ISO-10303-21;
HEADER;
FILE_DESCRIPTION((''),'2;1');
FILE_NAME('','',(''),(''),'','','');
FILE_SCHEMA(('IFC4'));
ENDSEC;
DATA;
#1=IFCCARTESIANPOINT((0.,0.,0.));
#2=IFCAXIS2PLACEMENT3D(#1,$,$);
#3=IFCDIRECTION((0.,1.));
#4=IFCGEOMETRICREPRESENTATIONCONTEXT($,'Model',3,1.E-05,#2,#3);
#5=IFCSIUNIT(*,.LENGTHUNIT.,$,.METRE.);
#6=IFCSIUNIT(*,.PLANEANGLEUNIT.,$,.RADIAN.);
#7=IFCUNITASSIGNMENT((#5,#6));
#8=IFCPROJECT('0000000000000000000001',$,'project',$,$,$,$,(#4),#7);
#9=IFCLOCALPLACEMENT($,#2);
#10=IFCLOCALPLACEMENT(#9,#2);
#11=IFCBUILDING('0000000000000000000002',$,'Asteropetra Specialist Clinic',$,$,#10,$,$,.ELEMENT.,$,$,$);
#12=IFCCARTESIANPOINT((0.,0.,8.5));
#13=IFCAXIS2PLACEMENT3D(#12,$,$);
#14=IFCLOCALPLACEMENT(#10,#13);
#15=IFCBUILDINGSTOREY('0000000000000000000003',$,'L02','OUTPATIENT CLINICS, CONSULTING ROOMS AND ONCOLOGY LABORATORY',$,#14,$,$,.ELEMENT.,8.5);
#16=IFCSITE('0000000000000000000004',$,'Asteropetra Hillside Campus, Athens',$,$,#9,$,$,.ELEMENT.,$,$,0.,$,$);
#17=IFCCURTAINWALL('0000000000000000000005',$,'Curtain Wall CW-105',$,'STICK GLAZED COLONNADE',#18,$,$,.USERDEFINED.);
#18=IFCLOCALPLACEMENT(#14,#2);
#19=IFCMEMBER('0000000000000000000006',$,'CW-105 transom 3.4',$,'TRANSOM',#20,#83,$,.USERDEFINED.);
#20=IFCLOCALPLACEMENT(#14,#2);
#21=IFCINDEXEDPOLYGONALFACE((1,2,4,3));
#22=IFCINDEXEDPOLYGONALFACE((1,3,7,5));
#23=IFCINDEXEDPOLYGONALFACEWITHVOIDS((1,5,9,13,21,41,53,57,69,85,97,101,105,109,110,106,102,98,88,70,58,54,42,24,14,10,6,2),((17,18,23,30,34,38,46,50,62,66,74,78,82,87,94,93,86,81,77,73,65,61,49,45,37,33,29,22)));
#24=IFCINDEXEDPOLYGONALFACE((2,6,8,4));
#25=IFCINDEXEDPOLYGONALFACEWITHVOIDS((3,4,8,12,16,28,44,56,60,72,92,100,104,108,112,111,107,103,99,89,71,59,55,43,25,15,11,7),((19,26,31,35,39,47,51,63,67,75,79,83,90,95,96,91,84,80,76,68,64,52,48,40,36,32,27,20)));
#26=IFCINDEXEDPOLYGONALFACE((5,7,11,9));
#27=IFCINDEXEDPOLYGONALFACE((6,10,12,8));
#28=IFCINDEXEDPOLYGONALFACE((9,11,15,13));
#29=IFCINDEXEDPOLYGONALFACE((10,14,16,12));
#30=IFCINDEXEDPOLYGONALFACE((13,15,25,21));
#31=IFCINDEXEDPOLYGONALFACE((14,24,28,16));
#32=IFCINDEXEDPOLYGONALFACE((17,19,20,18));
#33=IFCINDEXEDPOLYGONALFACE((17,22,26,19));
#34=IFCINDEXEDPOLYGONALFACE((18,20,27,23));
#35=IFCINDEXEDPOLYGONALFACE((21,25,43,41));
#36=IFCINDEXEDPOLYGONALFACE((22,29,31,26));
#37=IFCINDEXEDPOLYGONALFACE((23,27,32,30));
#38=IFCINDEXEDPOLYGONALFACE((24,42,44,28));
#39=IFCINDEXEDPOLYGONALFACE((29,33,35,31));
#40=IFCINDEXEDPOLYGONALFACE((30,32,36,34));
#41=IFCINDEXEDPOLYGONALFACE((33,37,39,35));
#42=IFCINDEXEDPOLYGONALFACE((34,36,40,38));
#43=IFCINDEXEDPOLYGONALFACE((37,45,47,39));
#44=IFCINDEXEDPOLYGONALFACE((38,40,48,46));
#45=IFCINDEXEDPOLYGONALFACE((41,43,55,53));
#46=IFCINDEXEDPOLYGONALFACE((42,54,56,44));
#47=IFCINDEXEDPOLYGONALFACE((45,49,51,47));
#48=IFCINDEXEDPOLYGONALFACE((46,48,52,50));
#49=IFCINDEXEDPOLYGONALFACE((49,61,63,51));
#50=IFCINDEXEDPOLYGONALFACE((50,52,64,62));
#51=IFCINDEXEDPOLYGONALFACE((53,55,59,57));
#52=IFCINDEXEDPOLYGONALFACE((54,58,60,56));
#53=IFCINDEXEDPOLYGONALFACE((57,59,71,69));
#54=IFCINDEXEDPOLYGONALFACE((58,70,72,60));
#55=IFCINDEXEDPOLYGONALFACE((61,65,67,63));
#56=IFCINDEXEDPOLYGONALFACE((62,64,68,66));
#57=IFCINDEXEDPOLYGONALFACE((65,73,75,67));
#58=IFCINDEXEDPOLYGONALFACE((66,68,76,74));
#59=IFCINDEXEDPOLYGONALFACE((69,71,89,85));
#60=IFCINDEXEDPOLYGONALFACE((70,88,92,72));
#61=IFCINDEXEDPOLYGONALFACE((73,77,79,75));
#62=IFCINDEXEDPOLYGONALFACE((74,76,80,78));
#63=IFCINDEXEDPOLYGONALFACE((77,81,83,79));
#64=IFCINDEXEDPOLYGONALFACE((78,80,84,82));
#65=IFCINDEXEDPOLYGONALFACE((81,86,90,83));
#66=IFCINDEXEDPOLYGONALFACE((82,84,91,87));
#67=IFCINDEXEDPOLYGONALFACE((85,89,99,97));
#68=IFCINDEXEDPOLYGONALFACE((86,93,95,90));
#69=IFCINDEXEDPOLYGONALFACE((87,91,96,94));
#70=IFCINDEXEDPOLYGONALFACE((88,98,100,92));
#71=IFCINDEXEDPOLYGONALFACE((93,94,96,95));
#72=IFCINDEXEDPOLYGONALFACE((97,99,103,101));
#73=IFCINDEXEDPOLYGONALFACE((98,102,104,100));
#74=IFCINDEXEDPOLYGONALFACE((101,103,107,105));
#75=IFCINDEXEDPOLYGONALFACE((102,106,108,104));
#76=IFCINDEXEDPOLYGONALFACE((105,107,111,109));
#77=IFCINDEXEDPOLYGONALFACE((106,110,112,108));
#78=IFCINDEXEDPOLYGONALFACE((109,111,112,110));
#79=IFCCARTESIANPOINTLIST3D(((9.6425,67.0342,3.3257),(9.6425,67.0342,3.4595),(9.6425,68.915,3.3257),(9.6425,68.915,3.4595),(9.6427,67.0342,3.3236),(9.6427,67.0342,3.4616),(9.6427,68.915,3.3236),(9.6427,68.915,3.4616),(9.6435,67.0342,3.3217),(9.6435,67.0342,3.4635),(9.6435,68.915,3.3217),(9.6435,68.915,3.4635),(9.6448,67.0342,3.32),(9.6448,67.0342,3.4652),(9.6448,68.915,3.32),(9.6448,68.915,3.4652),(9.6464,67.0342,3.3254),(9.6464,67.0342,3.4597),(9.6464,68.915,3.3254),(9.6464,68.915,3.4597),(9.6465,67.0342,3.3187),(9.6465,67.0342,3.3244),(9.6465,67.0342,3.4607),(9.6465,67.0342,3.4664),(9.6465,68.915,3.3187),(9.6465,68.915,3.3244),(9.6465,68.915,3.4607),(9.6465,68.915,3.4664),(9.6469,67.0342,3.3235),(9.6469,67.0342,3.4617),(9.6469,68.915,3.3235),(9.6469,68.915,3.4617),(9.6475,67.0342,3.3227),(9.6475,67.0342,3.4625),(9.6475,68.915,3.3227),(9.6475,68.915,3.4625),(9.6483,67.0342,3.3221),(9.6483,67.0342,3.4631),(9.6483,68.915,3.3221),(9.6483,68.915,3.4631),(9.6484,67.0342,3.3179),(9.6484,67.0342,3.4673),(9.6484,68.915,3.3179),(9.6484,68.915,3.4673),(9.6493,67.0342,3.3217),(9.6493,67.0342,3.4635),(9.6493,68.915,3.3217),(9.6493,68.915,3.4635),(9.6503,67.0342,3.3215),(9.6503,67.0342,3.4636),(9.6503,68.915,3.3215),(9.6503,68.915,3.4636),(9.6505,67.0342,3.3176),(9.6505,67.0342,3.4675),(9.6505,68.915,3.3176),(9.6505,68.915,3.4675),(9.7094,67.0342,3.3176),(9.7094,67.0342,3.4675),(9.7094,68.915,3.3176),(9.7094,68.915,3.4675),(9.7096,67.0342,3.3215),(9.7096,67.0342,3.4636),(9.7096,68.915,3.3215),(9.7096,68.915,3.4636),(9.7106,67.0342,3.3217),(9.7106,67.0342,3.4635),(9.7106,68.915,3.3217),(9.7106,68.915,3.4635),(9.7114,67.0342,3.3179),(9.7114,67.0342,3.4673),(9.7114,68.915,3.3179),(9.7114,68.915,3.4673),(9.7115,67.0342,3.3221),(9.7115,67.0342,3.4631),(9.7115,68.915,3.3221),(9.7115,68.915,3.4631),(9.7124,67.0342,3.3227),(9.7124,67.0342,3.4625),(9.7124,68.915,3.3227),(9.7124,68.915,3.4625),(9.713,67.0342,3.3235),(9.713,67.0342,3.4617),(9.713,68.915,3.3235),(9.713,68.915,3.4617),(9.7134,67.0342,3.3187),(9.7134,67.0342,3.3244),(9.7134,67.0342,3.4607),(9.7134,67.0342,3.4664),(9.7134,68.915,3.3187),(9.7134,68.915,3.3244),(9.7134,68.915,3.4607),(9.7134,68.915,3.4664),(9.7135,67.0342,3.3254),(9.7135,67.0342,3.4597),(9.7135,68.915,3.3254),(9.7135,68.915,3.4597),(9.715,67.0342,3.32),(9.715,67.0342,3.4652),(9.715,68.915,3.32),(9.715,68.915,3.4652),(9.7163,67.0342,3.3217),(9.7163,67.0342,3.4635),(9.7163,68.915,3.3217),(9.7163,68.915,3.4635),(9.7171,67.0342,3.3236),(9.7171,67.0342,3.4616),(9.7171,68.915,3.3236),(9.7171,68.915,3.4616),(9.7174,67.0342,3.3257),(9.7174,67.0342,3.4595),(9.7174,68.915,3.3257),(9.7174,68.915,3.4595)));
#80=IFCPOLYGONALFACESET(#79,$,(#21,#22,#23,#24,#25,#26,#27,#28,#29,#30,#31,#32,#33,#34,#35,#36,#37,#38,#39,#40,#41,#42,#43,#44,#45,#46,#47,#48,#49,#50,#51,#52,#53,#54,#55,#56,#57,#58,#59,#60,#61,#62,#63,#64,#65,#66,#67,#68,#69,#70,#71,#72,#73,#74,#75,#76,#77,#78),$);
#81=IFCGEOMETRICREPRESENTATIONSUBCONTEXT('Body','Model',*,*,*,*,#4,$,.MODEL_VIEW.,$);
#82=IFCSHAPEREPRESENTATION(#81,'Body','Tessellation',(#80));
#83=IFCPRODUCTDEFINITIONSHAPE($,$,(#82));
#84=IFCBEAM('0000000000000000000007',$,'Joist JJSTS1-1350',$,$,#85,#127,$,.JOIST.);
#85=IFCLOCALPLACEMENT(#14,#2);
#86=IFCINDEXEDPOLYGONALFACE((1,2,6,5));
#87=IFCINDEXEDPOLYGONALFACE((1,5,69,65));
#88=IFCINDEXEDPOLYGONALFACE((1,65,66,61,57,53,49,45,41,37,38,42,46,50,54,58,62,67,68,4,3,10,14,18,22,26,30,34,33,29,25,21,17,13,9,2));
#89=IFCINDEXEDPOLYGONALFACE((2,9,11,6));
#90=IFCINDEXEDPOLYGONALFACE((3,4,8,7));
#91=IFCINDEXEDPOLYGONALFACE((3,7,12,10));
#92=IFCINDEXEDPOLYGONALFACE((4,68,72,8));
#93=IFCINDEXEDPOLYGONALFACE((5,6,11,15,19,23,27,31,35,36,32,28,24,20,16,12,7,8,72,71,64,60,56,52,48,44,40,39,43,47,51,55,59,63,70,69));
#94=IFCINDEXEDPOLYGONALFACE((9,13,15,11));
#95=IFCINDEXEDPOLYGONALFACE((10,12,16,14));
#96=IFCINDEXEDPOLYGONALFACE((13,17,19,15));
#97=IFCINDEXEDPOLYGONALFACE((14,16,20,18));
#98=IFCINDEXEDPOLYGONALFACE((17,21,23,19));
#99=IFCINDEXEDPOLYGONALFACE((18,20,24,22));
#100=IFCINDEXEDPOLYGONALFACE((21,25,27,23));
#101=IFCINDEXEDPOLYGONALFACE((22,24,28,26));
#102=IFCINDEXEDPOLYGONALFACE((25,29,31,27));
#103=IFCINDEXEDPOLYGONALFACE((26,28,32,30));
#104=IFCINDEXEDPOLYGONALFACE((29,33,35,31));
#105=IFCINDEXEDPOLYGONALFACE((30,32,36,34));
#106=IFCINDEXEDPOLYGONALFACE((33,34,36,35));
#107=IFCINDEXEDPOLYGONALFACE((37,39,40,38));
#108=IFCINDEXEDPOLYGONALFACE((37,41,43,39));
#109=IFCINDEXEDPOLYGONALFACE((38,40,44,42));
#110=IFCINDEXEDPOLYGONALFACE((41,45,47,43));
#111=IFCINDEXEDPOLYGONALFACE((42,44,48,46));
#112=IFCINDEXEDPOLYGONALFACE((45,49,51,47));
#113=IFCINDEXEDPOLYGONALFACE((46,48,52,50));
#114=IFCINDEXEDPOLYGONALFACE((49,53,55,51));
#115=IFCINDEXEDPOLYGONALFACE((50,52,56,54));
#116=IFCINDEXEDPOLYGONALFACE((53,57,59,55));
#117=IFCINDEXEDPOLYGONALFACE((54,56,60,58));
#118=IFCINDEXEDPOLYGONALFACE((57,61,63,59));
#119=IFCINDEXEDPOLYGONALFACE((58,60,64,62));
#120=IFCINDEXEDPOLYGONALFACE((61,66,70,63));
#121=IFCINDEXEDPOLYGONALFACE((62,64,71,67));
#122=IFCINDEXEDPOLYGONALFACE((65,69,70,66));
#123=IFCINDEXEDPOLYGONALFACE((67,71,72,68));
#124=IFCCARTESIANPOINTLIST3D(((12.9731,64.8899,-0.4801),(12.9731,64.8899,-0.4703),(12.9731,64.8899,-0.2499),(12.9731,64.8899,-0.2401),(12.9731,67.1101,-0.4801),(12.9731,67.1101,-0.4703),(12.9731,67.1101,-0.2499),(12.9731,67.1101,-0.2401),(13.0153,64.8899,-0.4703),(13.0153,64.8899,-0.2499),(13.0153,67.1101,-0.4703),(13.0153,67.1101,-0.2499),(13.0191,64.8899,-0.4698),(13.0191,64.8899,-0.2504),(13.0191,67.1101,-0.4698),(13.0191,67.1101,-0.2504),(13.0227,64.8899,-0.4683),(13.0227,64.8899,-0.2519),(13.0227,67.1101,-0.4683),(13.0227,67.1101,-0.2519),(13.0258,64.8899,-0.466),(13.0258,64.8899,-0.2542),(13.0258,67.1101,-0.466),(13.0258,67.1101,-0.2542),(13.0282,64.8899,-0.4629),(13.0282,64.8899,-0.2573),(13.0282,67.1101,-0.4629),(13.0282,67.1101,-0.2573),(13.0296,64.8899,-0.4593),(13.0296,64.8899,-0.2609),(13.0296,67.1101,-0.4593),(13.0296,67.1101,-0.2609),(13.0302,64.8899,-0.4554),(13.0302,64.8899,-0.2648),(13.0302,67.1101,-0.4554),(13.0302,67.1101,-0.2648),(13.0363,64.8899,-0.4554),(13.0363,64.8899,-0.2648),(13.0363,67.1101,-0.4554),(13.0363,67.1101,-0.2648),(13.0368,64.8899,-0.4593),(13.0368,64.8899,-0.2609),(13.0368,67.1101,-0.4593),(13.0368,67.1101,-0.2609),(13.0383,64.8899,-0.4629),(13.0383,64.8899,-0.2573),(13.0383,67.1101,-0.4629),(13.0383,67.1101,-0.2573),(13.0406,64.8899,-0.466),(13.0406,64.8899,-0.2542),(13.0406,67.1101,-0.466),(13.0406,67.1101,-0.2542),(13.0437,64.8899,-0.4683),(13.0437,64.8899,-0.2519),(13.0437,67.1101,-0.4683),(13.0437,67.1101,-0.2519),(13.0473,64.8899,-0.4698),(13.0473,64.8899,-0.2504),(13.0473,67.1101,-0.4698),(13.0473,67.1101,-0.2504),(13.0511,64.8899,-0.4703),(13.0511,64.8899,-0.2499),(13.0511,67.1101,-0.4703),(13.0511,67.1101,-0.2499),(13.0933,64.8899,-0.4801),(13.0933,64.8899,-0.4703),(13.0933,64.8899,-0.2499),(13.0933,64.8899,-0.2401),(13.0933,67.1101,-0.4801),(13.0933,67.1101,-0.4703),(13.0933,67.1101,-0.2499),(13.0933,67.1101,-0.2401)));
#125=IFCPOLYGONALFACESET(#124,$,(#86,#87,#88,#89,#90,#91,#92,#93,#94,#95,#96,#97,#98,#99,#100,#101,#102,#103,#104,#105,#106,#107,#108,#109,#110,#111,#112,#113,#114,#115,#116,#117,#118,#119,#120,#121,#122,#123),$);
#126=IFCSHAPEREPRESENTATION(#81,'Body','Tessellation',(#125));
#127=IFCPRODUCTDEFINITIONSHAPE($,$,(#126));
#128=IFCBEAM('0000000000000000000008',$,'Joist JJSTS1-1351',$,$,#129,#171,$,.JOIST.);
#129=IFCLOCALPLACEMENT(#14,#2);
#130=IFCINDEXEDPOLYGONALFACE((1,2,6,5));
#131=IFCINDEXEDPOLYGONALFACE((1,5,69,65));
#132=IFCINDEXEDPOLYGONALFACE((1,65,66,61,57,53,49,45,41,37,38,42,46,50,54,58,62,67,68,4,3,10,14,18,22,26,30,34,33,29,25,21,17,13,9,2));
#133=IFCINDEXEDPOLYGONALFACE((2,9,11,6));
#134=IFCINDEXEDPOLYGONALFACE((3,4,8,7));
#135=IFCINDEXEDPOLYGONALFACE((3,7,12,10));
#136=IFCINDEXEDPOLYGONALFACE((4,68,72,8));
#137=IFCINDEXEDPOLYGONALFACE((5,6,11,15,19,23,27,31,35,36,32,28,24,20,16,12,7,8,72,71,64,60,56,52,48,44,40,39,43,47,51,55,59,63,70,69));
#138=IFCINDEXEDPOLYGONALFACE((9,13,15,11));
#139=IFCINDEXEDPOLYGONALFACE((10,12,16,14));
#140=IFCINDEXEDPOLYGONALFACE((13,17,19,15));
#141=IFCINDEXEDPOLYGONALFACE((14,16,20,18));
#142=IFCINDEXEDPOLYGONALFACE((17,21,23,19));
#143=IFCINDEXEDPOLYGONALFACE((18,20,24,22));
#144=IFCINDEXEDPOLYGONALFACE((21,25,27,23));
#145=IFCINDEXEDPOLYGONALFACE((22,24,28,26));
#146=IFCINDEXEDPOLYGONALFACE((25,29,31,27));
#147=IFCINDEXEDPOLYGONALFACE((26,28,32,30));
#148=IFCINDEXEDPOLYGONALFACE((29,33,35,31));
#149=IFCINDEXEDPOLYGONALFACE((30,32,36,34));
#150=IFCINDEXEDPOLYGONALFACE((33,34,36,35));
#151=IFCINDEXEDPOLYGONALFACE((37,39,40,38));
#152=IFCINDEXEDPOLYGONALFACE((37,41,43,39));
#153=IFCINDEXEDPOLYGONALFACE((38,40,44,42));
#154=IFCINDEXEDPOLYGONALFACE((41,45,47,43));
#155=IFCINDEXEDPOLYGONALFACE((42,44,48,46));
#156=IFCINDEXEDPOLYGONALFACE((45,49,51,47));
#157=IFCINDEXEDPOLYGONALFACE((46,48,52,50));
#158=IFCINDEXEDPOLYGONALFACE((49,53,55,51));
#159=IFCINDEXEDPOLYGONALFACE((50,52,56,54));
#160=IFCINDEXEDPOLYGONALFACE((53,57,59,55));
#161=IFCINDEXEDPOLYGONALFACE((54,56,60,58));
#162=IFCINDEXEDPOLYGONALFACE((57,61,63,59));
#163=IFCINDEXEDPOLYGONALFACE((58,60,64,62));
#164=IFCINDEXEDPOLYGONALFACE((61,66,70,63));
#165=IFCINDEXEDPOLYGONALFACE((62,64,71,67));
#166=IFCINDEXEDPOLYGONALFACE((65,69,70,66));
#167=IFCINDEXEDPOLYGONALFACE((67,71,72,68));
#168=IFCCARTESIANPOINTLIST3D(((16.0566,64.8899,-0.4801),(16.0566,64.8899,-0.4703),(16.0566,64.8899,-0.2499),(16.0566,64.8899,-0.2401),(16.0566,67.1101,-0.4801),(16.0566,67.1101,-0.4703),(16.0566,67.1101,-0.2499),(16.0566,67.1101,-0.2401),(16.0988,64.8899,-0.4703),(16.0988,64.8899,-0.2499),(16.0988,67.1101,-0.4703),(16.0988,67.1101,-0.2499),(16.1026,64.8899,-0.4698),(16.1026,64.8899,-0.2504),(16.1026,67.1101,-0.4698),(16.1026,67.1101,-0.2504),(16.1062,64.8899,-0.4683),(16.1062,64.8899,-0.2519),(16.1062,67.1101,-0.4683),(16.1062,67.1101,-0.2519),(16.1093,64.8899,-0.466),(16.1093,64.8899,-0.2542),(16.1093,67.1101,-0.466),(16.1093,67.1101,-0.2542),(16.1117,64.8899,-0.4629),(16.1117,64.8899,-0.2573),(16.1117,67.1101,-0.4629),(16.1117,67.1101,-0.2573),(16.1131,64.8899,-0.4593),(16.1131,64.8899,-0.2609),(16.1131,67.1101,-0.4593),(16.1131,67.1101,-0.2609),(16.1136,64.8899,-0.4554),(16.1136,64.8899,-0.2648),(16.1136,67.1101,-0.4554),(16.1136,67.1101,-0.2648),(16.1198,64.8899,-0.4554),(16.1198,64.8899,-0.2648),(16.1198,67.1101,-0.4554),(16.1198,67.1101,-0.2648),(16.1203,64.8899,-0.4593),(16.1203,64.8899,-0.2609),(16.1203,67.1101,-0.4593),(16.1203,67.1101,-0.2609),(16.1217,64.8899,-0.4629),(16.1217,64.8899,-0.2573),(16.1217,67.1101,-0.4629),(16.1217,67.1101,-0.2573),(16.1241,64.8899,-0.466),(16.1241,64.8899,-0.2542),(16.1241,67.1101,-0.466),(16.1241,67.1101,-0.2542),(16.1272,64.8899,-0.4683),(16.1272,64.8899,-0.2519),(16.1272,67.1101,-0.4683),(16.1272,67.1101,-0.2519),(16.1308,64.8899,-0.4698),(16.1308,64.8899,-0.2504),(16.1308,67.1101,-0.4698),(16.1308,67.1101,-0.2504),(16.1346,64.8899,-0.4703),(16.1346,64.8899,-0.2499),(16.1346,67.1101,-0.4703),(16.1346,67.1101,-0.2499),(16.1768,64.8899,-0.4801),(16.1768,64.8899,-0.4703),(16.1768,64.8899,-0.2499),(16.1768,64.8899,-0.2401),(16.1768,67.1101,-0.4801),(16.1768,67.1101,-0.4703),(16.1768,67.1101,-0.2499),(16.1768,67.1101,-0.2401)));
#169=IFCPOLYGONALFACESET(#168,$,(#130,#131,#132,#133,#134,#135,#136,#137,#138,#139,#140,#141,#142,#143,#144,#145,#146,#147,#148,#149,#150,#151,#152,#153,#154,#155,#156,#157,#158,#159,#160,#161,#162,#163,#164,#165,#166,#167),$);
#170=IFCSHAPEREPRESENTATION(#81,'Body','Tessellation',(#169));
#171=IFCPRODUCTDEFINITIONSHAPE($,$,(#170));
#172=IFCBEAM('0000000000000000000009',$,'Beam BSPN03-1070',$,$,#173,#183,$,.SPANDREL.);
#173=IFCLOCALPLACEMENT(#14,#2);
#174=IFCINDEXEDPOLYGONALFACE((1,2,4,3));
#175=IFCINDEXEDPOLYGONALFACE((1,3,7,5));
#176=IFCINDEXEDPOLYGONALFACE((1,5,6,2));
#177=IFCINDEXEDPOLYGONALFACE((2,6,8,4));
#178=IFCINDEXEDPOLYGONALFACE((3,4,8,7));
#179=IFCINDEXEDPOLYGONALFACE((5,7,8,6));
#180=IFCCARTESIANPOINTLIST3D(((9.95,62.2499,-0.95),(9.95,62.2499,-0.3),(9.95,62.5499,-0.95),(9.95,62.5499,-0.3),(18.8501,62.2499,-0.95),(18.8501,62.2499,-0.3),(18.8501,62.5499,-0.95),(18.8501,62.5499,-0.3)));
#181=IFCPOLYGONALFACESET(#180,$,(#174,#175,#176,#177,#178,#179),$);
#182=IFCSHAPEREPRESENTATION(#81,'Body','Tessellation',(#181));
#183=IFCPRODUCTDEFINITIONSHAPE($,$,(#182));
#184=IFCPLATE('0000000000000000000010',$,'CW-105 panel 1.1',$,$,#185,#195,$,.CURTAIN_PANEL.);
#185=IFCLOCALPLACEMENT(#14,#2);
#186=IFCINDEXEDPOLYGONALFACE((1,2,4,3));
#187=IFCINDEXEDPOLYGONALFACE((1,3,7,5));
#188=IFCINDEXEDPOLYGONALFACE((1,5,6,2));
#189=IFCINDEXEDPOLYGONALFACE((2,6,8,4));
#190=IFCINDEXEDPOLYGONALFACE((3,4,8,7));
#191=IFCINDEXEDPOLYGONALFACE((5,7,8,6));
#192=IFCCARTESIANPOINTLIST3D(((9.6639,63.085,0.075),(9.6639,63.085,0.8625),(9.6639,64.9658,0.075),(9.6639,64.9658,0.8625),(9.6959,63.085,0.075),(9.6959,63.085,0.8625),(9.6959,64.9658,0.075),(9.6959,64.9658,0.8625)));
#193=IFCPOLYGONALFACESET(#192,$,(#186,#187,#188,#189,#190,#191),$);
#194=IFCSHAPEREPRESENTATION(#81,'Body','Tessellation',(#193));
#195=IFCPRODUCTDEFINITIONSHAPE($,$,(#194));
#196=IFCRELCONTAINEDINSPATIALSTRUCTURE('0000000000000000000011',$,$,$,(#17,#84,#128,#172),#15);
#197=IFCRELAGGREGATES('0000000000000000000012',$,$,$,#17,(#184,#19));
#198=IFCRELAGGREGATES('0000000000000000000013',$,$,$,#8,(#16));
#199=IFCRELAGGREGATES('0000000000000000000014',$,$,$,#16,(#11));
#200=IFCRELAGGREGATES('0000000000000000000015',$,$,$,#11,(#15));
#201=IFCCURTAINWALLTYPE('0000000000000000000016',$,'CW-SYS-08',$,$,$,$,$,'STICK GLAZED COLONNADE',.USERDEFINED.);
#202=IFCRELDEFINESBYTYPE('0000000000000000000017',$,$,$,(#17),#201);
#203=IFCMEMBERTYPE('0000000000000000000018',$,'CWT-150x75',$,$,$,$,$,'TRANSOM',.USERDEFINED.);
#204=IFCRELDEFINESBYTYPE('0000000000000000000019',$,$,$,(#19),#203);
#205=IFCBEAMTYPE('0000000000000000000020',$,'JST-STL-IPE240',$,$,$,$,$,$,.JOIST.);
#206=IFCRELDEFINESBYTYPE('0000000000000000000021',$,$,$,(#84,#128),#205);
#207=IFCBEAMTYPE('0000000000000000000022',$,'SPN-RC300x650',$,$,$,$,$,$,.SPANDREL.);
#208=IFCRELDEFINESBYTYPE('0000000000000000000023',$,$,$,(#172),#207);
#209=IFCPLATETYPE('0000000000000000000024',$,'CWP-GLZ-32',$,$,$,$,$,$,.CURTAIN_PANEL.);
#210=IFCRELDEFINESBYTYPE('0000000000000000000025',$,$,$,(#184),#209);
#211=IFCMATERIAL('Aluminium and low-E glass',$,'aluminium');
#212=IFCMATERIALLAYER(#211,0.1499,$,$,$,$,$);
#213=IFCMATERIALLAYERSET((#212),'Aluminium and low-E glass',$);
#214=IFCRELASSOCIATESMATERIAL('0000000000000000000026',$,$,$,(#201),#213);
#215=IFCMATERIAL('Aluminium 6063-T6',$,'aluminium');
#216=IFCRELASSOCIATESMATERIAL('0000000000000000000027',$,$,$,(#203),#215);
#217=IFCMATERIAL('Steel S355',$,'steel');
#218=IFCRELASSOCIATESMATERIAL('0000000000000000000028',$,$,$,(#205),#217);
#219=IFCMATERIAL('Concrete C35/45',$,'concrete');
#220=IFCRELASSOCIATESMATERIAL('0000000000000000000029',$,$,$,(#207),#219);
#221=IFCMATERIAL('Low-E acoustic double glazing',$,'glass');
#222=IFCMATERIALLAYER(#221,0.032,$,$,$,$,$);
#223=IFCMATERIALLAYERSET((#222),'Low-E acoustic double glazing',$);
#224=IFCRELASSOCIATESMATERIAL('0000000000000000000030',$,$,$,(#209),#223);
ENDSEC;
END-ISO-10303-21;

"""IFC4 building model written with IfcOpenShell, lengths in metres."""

from ifc_helpers import new_model, si_unit, direction, frame, origin, origin_2d, place, context, subcontext, project, spatial, rectangle, hollow_rectangle, i_section, extrude, material, layer, layer_set, material_profile, profile_set, type_object, element, aggregate, save


model = new_model("IFC4")

# Units and contexts
model_context = context("Model", 3, precision=1e-05, world=origin(), true_north=direction((0.0, 1.0)))
body_context = subcontext(model_context, "Body", "Model", "MODEL_VIEW")
ifc_project = project(units=[si_unit("LENGTHUNIT", "METRE"), si_unit("PLANEANGLEUNIT", "RADIAN")], contexts=[model_context])

# Site, building, storey
site_placement = place(None, origin())
site = spatial("IfcSite", under=ifc_project, at=site_placement, Name="Asteropetra Hillside Campus, Athens", CompositionType="ELEMENT", RefElevation=0.0)
building_placement = place(site_placement, origin())
building = spatial("IfcBuilding", under=site, at=building_placement, Name="Asteropetra Specialist Clinic", CompositionType="ELEMENT")
storey_placement = place(building_placement, frame((0.0, 0.0, 8.5)))
storey = spatial("IfcBuildingStorey", under=building, at=storey_placement, Name="L02", Description="OUTPATIENT CLINICS, CONSULTING ROOMS AND ONCOLOGY LABORATORY", CompositionType="ELEMENT", Elevation=8.5)

# Curtain wall, member
ifc_material_1 = material(Name="Aluminium and low-E glass", Category="aluminium")
ifc_layer_1 = layer(ifc_material_1, 0.1499)
ifc_layer_set_1 = layer_set([ifc_layer_1], Name="Aluminium and low-E glass")
curtain_wall_type = type_object("IfcCurtainWallType", Name="CW-SYS-08", ElementType="STICK GLAZED COLONNADE", PredefinedType="USERDEFINED", material=ifc_layer_set_1)
curtain_wall_placement = place(storey_placement, origin())
curtain_wall = element("IfcCurtainWall", 1, at=curtain_wall_placement, inside=storey, type_object=curtain_wall_type, Name="Curtain Wall CW-105", ObjectType="STICK GLAZED COLONNADE", PredefinedType="USERDEFINED")
ifc_material_2 = material(Name="Aluminium 6063-T6", Category="aluminium")
ifc_material_profile_1 = material_profile(ifc_material_2, hollow_rectangle(XDim=0.075, YDim=0.1499, WallThickness=0.0039, InnerFilletRadius=0.0039, OuterFilletRadius=0.0081, at=origin_2d()), Name="TRN 150x75x4.0")
ifc_profile_set_1 = profile_set([ifc_material_profile_1], Name="Aluminium 6063-T6")
member_type_1 = type_object("IfcMemberType", Name="CWT-150x75", ElementType="TRANSOM", PredefinedType="USERDEFINED", material=ifc_profile_set_1)
member_1_placement = place(storey_placement, frame((9.6799, 67.0342, 3.3926), z_axis=(0.0, 1.0, 0.0), x_axis=(-1.0, 0.0, 0.0)))
member_1 = element("IfcMember", 2, at=member_1_placement, type_object=member_type_1, Name="CW-105 transom 3.4", ObjectType="TRANSOM", PredefinedType="USERDEFINED", context=body_context, shape_type="SweptSolid", body=[
    extrude(hollow_rectangle(XDim=0.075, YDim=0.1499, WallThickness=0.0039, InnerFilletRadius=0.0039, OuterFilletRadius=0.0081, at=origin_2d()), origin(), (0.0, 0.0, 1.0), 1.8809),
])

# Beams
ifc_material_3 = material(Name="Steel S355", Category="steel")
ifc_material_profile_2 = material_profile(ifc_material_3, i_section(OverallWidth=0.1201, OverallDepth=0.24, WebThickness=0.0061, FlangeThickness=0.0098, FilletRadius=0.0149, at=origin_2d()), Name="IPE 240")
ifc_profile_set_2 = profile_set([ifc_material_profile_2], Name="Steel S355")
beam_type_1 = type_object("IfcBeamType", Name="JST-STL-IPE240", PredefinedType="JOIST", material=ifc_profile_set_2)
for number, where, z_axis, x_axis, name in (
    (3, (13.0332, 64.8899, -0.3601), (0.0, 1.0, 0.0), (-1.0, 0.0, 0.0), "Joist JJSTS1-1350"),
    (4, (16.1167, 64.8899, -0.3601), (0.0, 1.0, 0.0), (-1.0, 0.0, 0.0), "Joist JJSTS1-1351"),
):
    element("IfcBeam", number, at=place(storey_placement, frame(where, z_axis=z_axis, x_axis=x_axis)), inside=storey, type_object=beam_type_1, Name=name, PredefinedType="JOIST", context=body_context, shape_type="SweptSolid", body=[
        extrude(i_section(OverallWidth=0.1201, OverallDepth=0.24, WebThickness=0.0061, FlangeThickness=0.0098, FilletRadius=0.0149, at=origin_2d()), origin(), (0.0, 0.0, 1.0), 2.2202),
    ])
ifc_material_4 = material(Name="Concrete C35/45", Category="concrete")
ifc_material_profile_3 = material_profile(ifc_material_4, rectangle(XDim=0.3, YDim=0.6499, at=origin_2d()), Name="RCS 300x650")
ifc_profile_set_3 = profile_set([ifc_material_profile_3], Name="Concrete C35/45")
beam_type_2 = type_object("IfcBeamType", Name="SPN-RC300x650", PredefinedType="SPANDREL", material=ifc_profile_set_3)
beam_1_placement = place(storey_placement, frame((9.95, 62.3999, -0.625), z_axis=(1.0, 0.0, 0.0), x_axis=(0.0, 1.0, 0.0)))
element("IfcBeam", 5, at=beam_1_placement, inside=storey, type_object=beam_type_2, Name="Beam BSPN03-1070", PredefinedType="SPANDREL", context=body_context, shape_type="SweptSolid", body=[
    extrude(rectangle(XDim=0.3, YDim=0.6499, at=origin_2d()), origin(), (0.0, 0.0, 1.0), 8.9001),
])

# Plate
ifc_material_5 = material(Name="Low-E acoustic double glazing", Category="glass")
ifc_layer_2 = layer(ifc_material_5, 0.032)
ifc_layer_set_2 = layer_set([ifc_layer_2], Name="Low-E acoustic double glazing")
plate_type = type_object("IfcPlateType", Name="CWP-GLZ-32", PredefinedType="CURTAIN_PANEL", material=ifc_layer_set_2)
plate_1_placement = place(storey_placement, frame((9.6799, 64.0254, 0.075), z_axis=(0.0, 0.0, 1.0), x_axis=(0.0, 1.0, 0.0)))
plate_1 = element("IfcPlate", 6, at=plate_1_placement, type_object=plate_type, Name="CW-105 panel 1.1", PredefinedType="CURTAIN_PANEL", context=body_context, shape_type="SweptSolid", body=[
    extrude(rectangle(XDim=1.8809, YDim=0.032, at=origin_2d()), origin(), (0.0, 0.0, 1.0), 0.7876),
])
aggregate(curtain_wall, [plate_1, member_1])

save(model, "model.ifc")
